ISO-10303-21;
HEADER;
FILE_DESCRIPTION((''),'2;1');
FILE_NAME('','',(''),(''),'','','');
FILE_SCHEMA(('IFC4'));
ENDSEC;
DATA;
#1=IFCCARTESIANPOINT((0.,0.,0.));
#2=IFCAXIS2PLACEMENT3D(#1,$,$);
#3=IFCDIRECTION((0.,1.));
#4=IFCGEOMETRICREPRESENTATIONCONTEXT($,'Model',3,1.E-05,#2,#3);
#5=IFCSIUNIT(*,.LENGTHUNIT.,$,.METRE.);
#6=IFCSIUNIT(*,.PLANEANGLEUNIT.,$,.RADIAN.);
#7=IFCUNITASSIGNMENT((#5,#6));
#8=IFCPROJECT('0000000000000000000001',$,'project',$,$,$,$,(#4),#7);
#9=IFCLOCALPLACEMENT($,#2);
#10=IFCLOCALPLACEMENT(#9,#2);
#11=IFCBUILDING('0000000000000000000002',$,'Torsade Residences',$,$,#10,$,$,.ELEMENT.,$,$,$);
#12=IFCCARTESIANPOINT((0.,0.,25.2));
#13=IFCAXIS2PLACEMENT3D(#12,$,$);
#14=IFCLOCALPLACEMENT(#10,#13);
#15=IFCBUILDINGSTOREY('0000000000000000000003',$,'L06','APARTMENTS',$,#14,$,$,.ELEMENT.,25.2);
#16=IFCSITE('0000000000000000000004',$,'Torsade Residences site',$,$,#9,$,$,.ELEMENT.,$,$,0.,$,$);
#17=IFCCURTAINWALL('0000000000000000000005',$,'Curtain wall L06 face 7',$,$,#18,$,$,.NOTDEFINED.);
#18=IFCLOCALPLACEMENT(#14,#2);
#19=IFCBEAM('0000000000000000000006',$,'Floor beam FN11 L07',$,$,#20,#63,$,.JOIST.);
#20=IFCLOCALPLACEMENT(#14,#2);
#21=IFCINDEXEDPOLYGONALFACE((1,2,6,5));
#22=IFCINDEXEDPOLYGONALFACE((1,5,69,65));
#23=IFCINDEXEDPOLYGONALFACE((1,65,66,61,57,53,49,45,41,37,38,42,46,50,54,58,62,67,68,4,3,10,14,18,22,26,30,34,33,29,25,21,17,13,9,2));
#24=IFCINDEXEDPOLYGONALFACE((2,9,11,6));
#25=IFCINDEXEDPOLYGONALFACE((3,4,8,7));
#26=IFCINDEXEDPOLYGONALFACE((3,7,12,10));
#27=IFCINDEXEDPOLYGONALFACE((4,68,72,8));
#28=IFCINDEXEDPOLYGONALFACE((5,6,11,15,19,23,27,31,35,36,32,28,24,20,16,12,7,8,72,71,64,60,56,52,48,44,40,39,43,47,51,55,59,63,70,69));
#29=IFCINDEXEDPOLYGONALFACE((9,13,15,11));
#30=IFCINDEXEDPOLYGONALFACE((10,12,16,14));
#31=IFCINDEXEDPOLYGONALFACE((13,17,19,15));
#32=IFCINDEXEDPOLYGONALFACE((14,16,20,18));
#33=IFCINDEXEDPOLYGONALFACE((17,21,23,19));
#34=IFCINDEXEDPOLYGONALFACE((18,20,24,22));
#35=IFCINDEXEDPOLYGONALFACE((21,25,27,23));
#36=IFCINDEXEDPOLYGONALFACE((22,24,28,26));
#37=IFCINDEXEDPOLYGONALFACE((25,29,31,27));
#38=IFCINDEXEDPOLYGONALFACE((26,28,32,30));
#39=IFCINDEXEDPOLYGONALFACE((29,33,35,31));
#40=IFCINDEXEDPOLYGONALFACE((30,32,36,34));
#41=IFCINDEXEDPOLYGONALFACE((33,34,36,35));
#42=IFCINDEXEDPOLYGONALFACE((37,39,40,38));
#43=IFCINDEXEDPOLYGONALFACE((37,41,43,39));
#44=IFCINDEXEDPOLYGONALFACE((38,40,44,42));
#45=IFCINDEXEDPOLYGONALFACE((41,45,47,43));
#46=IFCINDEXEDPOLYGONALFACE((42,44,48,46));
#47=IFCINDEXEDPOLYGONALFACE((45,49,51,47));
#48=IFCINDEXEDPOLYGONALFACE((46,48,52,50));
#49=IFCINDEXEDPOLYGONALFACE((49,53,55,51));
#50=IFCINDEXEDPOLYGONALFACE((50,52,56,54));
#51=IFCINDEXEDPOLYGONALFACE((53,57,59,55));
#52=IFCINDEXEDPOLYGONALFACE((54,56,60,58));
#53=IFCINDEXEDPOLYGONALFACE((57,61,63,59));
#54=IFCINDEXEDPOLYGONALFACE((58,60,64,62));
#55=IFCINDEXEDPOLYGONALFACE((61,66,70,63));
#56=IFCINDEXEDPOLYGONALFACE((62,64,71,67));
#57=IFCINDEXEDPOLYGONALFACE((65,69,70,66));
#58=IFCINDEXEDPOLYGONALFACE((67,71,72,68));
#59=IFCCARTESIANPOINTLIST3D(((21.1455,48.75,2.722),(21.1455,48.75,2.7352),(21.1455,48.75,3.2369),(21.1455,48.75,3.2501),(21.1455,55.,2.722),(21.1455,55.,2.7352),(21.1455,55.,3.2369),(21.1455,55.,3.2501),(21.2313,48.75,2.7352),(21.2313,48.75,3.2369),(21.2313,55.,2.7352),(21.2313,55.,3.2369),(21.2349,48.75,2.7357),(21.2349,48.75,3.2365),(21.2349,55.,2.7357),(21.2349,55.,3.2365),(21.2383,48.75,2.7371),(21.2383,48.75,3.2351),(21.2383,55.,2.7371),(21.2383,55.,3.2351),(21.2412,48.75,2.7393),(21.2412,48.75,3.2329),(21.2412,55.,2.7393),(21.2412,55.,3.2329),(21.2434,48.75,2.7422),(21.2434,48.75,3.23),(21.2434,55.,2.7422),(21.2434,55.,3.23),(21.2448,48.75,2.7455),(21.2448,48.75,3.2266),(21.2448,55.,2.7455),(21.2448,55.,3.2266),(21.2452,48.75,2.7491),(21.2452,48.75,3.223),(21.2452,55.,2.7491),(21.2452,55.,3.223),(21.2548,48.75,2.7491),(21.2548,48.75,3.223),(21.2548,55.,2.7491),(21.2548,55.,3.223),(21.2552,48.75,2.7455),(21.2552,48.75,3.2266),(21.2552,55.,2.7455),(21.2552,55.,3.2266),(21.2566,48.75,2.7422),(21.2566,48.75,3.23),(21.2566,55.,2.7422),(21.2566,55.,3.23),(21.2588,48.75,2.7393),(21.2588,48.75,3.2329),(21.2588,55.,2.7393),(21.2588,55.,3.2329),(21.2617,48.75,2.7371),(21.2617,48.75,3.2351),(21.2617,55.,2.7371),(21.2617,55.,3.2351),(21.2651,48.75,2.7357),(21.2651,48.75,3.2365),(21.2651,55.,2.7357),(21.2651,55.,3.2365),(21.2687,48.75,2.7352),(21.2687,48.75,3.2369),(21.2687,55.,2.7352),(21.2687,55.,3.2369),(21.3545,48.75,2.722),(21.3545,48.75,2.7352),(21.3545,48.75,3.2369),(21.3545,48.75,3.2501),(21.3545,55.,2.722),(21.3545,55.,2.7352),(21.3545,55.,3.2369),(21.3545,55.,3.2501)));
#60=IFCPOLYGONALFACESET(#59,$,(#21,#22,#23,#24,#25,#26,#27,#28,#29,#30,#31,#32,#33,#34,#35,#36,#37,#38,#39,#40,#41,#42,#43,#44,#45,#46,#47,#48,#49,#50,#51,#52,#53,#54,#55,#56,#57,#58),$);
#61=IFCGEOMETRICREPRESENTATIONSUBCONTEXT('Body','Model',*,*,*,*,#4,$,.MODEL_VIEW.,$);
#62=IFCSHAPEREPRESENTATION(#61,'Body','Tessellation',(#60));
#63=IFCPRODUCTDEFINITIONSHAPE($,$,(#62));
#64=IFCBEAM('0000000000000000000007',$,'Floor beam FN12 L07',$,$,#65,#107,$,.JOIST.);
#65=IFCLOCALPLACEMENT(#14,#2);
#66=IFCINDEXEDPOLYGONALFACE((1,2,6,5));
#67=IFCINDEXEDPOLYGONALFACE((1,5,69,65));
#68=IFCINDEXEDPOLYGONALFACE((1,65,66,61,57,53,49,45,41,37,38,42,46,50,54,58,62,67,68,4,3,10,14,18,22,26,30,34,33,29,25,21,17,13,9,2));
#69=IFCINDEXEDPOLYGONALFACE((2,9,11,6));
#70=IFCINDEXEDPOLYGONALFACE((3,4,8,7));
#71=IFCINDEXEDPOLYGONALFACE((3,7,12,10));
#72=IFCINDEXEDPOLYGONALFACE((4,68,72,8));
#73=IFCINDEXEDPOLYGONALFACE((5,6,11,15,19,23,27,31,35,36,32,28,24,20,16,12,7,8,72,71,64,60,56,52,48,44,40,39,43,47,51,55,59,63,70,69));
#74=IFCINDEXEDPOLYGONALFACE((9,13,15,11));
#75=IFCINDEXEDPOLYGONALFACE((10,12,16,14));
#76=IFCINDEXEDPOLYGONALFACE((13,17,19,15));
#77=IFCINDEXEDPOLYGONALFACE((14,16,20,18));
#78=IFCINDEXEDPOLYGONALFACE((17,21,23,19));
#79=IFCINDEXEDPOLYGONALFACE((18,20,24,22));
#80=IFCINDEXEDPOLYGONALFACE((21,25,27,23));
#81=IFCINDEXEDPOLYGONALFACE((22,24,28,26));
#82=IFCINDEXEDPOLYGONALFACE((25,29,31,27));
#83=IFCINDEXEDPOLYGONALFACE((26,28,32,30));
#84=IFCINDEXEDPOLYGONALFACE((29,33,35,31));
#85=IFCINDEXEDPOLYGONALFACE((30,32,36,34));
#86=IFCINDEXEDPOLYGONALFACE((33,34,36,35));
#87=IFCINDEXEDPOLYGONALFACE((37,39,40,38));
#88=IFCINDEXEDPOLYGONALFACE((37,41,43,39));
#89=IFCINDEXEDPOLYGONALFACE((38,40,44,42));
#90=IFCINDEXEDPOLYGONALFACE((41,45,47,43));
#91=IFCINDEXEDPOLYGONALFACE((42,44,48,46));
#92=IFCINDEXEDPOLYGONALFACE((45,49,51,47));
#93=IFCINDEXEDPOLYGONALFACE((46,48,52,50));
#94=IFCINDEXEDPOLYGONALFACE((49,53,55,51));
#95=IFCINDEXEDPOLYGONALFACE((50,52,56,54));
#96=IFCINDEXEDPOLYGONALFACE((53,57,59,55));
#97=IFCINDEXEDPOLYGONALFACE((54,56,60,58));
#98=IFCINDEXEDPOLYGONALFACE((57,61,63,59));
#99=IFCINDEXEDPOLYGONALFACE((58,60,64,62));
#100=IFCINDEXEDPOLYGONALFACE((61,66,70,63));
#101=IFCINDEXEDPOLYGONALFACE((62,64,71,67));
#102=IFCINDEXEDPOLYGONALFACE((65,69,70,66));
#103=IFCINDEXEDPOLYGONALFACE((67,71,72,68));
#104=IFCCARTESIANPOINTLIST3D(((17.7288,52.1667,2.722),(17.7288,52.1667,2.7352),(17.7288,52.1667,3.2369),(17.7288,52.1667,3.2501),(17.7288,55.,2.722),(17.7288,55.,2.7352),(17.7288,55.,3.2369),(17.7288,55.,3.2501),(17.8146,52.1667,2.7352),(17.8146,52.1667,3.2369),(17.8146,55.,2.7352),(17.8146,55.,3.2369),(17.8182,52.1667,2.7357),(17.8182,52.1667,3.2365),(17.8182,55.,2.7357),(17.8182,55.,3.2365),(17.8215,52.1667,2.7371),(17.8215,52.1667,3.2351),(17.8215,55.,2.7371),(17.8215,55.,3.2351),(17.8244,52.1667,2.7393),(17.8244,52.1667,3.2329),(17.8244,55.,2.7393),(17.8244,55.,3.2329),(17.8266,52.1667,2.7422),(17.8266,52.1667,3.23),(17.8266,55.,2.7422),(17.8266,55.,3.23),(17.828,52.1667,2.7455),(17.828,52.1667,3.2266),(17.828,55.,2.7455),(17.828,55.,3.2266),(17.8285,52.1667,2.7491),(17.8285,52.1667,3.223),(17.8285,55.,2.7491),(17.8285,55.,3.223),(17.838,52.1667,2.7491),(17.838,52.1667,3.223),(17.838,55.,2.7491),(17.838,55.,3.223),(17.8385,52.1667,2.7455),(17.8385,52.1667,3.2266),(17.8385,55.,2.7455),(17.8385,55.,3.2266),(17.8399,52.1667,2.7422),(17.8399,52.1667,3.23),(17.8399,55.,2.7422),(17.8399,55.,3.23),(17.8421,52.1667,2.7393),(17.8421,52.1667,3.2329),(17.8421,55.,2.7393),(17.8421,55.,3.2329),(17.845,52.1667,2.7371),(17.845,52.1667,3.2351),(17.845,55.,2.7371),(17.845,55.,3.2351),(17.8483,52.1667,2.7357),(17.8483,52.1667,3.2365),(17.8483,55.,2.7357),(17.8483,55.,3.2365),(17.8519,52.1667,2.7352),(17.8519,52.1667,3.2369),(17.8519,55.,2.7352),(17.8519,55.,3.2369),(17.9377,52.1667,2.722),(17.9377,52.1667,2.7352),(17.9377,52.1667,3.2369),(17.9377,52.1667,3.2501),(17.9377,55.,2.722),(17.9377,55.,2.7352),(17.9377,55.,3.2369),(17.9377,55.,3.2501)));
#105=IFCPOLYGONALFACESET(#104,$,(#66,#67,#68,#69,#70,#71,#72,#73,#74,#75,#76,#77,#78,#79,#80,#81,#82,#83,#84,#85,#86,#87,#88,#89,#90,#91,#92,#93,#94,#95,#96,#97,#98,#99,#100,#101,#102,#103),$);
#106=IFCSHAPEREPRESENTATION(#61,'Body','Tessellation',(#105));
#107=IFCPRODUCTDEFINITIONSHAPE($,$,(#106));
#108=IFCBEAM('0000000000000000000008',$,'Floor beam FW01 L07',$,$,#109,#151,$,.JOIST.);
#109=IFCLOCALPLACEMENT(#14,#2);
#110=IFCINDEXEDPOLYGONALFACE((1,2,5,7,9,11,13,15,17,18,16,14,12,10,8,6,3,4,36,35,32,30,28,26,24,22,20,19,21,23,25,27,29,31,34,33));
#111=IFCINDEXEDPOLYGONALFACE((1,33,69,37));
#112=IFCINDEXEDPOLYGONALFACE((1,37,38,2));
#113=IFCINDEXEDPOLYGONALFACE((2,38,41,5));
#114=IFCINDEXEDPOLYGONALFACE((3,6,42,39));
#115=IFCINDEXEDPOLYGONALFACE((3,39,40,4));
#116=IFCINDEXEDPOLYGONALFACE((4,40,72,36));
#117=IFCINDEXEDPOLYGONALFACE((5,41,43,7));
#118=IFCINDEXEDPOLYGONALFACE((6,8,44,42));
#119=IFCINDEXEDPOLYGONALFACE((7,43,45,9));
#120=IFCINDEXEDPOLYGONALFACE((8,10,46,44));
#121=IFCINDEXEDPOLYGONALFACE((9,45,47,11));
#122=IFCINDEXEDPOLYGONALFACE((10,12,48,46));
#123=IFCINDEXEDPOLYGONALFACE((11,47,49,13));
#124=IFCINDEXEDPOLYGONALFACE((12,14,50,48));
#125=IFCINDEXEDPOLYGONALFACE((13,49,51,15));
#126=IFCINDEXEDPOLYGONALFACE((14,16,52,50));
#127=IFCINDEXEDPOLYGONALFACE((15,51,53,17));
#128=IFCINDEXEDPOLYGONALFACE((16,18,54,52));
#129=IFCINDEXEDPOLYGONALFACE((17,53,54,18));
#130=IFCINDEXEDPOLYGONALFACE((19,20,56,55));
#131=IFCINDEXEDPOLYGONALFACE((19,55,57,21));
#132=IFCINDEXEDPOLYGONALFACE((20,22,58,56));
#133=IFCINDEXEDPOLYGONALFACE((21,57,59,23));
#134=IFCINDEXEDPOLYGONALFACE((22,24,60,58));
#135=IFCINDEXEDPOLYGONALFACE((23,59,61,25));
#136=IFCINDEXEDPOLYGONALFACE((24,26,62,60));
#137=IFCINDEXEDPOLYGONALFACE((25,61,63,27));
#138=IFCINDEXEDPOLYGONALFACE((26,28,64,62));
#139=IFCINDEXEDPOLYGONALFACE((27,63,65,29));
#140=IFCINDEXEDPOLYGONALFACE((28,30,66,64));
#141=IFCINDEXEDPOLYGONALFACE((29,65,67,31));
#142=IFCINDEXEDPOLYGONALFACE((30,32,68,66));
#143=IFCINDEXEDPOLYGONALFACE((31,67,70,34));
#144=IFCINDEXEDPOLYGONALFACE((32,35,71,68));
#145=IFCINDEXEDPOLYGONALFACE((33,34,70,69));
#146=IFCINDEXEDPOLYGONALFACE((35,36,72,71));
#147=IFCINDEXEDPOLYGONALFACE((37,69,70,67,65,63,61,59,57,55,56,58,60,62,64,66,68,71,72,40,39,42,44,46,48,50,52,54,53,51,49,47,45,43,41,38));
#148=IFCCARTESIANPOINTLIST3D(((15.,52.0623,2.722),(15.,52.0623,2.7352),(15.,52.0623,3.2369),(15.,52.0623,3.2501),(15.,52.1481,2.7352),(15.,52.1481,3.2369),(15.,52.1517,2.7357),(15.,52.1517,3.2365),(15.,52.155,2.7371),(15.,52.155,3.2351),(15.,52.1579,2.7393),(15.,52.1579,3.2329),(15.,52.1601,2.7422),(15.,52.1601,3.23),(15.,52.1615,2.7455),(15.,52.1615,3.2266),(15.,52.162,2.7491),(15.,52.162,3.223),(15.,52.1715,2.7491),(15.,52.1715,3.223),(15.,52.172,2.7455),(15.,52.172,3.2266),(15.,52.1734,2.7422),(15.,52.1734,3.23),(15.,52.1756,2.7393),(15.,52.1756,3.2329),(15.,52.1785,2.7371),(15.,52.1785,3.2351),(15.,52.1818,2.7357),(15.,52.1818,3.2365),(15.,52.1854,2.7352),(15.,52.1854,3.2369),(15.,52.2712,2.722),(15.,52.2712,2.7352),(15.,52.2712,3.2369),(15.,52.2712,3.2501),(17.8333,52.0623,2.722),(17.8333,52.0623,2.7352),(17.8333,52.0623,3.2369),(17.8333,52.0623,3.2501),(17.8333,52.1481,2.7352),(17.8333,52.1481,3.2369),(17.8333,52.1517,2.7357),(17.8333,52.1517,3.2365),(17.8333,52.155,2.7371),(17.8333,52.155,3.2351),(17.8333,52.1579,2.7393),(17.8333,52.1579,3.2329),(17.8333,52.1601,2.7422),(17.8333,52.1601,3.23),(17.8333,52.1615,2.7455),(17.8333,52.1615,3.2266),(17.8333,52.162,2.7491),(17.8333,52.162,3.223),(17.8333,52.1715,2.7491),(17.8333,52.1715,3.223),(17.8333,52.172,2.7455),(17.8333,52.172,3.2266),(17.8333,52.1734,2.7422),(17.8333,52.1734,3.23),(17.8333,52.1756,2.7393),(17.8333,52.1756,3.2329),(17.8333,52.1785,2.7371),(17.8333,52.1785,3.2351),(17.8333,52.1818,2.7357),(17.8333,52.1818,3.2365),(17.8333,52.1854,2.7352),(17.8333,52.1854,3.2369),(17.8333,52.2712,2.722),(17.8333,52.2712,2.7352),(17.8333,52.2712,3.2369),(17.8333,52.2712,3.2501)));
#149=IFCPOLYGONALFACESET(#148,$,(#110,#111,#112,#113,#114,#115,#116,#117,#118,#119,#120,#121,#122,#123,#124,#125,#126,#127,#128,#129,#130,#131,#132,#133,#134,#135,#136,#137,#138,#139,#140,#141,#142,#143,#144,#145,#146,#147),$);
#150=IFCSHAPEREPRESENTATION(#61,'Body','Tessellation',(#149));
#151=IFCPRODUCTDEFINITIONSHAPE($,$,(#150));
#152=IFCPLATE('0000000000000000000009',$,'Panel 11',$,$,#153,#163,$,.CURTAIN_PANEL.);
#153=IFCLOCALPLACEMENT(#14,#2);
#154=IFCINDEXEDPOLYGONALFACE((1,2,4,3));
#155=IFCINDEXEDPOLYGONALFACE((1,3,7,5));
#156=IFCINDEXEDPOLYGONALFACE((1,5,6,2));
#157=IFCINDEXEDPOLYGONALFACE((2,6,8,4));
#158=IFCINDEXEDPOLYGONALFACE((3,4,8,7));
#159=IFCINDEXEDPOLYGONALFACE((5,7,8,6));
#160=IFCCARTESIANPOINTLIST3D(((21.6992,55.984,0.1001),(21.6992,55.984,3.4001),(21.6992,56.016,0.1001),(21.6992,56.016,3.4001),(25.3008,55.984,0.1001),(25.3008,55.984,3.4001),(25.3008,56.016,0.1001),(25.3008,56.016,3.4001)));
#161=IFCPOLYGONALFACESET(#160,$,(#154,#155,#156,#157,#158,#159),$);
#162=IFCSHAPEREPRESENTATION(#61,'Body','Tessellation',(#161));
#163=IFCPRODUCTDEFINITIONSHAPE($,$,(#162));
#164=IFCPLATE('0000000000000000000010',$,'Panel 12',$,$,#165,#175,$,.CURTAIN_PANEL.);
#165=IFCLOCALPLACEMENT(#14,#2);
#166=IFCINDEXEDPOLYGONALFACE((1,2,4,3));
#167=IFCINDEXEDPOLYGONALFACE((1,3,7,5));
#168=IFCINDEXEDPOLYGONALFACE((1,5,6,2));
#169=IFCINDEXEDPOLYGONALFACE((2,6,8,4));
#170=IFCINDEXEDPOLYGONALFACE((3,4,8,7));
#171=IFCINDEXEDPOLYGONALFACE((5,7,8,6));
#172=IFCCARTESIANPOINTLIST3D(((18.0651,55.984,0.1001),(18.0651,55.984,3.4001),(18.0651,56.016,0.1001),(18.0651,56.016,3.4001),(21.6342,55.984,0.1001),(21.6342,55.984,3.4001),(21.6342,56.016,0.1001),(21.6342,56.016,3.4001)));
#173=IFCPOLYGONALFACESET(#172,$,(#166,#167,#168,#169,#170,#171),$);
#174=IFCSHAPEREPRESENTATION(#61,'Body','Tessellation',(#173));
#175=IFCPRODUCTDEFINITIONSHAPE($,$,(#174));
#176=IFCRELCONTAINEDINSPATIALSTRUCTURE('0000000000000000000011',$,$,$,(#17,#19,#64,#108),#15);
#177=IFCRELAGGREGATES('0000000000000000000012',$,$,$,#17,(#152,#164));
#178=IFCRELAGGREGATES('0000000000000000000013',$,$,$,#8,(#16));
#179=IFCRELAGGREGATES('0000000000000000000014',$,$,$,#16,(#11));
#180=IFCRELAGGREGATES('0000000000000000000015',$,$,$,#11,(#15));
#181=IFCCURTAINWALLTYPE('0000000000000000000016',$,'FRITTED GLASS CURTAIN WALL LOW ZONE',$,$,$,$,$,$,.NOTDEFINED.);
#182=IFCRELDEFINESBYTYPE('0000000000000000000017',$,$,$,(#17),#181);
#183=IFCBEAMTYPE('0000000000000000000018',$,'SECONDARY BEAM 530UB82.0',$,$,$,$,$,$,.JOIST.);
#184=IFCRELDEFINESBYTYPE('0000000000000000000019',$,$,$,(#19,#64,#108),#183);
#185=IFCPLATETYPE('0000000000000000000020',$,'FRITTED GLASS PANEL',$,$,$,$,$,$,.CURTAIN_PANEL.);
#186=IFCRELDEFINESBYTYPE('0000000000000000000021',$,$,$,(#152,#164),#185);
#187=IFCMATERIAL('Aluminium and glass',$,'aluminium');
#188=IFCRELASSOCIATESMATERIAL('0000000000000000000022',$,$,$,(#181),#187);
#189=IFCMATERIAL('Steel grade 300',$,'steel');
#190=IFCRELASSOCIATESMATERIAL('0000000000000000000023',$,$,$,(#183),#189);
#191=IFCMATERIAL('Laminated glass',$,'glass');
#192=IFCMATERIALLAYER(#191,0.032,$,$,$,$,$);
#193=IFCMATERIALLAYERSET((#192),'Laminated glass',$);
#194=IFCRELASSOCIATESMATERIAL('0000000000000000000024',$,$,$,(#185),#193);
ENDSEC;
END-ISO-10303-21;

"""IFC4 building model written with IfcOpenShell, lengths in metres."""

from ifc_helpers import new_model, si_unit, direction, frame, origin, origin_2d, place, context, subcontext, project, spatial, rectangle, i_section, extrude, material, layer, layer_set, material_profile, profile_set, type_object, element, aggregate, save


model = new_model("IFC4")

# Units and contexts
model_context = context("Model", 3, precision=1e-05, world=origin(), true_north=direction((0.0, 1.0)))
body_context = subcontext(model_context, "Body", "Model", "MODEL_VIEW")
ifc_project = project(units=[si_unit("LENGTHUNIT", "METRE"), si_unit("PLANEANGLEUNIT", "RADIAN")], contexts=[model_context])

# Site, building, storey
site_placement = place(None, origin())
site = spatial("IfcSite", under=ifc_project, at=site_placement, Name="Torsade Residences site", CompositionType="ELEMENT", RefElevation=0.0)
building_placement = place(site_placement, origin())
building = spatial("IfcBuilding", under=site, at=building_placement, Name="Torsade Residences", CompositionType="ELEMENT")
storey_placement = place(building_placement, frame((0.0, 0.0, 25.2)))
storey = spatial("IfcBuildingStorey", under=building, at=storey_placement, Name="L06", Description="APARTMENTS", CompositionType="ELEMENT", Elevation=25.2)

# Curtain wall
ifc_material_1 = material(Name="Aluminium and glass", Category="aluminium")
curtain_wall_type = type_object("IfcCurtainWallType", Name="FRITTED GLASS CURTAIN WALL LOW ZONE", PredefinedType="NOTDEFINED", material=ifc_material_1)
curtain_wall_placement = place(storey_placement, origin())
curtain_wall = element("IfcCurtainWall", 1, at=curtain_wall_placement, inside=storey, type_object=curtain_wall_type, Name="Curtain wall L06 face 7", PredefinedType="NOTDEFINED")

# Beams
ifc_material_2 = material(Name="Steel grade 300", Category="steel")
ifc_material_profile_1 = material_profile(ifc_material_2, i_section(OverallWidth=0.209, OverallDepth=0.5281, WebThickness=0.0095, FlangeThickness=0.0132, FilletRadius=0.0139, at=origin_2d()), Name="530UB82.0")
ifc_profile_set_1 = profile_set([ifc_material_profile_1], Name="Steel grade 300")
beam_type_1 = type_object("IfcBeamType", Name="SECONDARY BEAM 530UB82.0", PredefinedType="JOIST", material=ifc_profile_set_1)
beam_1_placement = place(storey_placement, frame((21.25, 55.0, 2.9861), z_axis=(0.0, -1.0, 0.0), x_axis=(1.0, 0.0, 0.0)))
element("IfcBeam", 2, at=beam_1_placement, inside=storey, type_object=beam_type_1, Name="Floor beam FN11 L07", PredefinedType="JOIST", context=body_context, shape_type="SweptSolid", body=[
    extrude(i_section(OverallWidth=0.209, OverallDepth=0.5281, WebThickness=0.0095, FlangeThickness=0.0132, FilletRadius=0.0139, at=origin_2d()), origin(), (0.0, 0.0, 1.0), 6.25),
])
for number, where, z_axis, x_axis, name in (
    (3, (17.8333, 55.0, 2.9861), (0.0, -1.0, 0.0), (1.0, 0.0, 0.0), "Floor beam FN12 L07"),
    (4, (15.0, 52.1667, 2.9861), (1.0, 0.0, 0.0), (0.0, 1.0, 0.0), "Floor beam FW01 L07"),
):
    element("IfcBeam", number, at=place(storey_placement, frame(where, z_axis=z_axis, x_axis=x_axis)), inside=storey, type_object=beam_type_1, Name=name, PredefinedType="JOIST", context=body_context, shape_type="SweptSolid", body=[
        extrude(i_section(OverallWidth=0.209, OverallDepth=0.5281, WebThickness=0.0095, FlangeThickness=0.0132, FilletRadius=0.0139, at=origin_2d()), origin(), (0.0, 0.0, 1.0), 2.8333),
    ])

# Plates
ifc_material_3 = material(Name="Laminated glass", Category="glass")
ifc_layer_1 = layer(ifc_material_3, 0.032)
ifc_layer_set_1 = layer_set([ifc_layer_1], Name="Laminated glass")
plate_type = type_object("IfcPlateType", Name="FRITTED GLASS PANEL", PredefinedType="CURTAIN_PANEL", material=ifc_layer_set_1)
plate_1_placement = place(storey_placement, frame((23.5, 56.0, 0.1001), z_axis=(0.0, 0.0, 1.0), x_axis=(-1.0, 0.0, 0.0)))
plate_1 = element("IfcPlate", 5, at=plate_1_placement, type_object=plate_type, Name="Panel 11", PredefinedType="CURTAIN_PANEL", context=body_context, shape_type="SweptSolid", body=[
    extrude(rectangle(XDim=3.6016, YDim=0.032, at=origin_2d()), origin(), (0.0, 0.0, 1.0), 3.3),
])
plate_2_placement = place(storey_placement, frame((19.8496, 56.0, 0.1001), z_axis=(0.0, 0.0, 1.0), x_axis=(-1.0, 0.0, 0.0)))
plate_2 = element("IfcPlate", 6, at=plate_2_placement, type_object=plate_type, Name="Panel 12", PredefinedType="CURTAIN_PANEL", context=body_context, shape_type="SweptSolid", body=[
    extrude(rectangle(XDim=3.5691, YDim=0.032, at=origin_2d()), origin(), (0.0, 0.0, 1.0), 3.3),
])
aggregate(curtain_wall, [plate_1, plate_2])

save(model, "model.ifc")
